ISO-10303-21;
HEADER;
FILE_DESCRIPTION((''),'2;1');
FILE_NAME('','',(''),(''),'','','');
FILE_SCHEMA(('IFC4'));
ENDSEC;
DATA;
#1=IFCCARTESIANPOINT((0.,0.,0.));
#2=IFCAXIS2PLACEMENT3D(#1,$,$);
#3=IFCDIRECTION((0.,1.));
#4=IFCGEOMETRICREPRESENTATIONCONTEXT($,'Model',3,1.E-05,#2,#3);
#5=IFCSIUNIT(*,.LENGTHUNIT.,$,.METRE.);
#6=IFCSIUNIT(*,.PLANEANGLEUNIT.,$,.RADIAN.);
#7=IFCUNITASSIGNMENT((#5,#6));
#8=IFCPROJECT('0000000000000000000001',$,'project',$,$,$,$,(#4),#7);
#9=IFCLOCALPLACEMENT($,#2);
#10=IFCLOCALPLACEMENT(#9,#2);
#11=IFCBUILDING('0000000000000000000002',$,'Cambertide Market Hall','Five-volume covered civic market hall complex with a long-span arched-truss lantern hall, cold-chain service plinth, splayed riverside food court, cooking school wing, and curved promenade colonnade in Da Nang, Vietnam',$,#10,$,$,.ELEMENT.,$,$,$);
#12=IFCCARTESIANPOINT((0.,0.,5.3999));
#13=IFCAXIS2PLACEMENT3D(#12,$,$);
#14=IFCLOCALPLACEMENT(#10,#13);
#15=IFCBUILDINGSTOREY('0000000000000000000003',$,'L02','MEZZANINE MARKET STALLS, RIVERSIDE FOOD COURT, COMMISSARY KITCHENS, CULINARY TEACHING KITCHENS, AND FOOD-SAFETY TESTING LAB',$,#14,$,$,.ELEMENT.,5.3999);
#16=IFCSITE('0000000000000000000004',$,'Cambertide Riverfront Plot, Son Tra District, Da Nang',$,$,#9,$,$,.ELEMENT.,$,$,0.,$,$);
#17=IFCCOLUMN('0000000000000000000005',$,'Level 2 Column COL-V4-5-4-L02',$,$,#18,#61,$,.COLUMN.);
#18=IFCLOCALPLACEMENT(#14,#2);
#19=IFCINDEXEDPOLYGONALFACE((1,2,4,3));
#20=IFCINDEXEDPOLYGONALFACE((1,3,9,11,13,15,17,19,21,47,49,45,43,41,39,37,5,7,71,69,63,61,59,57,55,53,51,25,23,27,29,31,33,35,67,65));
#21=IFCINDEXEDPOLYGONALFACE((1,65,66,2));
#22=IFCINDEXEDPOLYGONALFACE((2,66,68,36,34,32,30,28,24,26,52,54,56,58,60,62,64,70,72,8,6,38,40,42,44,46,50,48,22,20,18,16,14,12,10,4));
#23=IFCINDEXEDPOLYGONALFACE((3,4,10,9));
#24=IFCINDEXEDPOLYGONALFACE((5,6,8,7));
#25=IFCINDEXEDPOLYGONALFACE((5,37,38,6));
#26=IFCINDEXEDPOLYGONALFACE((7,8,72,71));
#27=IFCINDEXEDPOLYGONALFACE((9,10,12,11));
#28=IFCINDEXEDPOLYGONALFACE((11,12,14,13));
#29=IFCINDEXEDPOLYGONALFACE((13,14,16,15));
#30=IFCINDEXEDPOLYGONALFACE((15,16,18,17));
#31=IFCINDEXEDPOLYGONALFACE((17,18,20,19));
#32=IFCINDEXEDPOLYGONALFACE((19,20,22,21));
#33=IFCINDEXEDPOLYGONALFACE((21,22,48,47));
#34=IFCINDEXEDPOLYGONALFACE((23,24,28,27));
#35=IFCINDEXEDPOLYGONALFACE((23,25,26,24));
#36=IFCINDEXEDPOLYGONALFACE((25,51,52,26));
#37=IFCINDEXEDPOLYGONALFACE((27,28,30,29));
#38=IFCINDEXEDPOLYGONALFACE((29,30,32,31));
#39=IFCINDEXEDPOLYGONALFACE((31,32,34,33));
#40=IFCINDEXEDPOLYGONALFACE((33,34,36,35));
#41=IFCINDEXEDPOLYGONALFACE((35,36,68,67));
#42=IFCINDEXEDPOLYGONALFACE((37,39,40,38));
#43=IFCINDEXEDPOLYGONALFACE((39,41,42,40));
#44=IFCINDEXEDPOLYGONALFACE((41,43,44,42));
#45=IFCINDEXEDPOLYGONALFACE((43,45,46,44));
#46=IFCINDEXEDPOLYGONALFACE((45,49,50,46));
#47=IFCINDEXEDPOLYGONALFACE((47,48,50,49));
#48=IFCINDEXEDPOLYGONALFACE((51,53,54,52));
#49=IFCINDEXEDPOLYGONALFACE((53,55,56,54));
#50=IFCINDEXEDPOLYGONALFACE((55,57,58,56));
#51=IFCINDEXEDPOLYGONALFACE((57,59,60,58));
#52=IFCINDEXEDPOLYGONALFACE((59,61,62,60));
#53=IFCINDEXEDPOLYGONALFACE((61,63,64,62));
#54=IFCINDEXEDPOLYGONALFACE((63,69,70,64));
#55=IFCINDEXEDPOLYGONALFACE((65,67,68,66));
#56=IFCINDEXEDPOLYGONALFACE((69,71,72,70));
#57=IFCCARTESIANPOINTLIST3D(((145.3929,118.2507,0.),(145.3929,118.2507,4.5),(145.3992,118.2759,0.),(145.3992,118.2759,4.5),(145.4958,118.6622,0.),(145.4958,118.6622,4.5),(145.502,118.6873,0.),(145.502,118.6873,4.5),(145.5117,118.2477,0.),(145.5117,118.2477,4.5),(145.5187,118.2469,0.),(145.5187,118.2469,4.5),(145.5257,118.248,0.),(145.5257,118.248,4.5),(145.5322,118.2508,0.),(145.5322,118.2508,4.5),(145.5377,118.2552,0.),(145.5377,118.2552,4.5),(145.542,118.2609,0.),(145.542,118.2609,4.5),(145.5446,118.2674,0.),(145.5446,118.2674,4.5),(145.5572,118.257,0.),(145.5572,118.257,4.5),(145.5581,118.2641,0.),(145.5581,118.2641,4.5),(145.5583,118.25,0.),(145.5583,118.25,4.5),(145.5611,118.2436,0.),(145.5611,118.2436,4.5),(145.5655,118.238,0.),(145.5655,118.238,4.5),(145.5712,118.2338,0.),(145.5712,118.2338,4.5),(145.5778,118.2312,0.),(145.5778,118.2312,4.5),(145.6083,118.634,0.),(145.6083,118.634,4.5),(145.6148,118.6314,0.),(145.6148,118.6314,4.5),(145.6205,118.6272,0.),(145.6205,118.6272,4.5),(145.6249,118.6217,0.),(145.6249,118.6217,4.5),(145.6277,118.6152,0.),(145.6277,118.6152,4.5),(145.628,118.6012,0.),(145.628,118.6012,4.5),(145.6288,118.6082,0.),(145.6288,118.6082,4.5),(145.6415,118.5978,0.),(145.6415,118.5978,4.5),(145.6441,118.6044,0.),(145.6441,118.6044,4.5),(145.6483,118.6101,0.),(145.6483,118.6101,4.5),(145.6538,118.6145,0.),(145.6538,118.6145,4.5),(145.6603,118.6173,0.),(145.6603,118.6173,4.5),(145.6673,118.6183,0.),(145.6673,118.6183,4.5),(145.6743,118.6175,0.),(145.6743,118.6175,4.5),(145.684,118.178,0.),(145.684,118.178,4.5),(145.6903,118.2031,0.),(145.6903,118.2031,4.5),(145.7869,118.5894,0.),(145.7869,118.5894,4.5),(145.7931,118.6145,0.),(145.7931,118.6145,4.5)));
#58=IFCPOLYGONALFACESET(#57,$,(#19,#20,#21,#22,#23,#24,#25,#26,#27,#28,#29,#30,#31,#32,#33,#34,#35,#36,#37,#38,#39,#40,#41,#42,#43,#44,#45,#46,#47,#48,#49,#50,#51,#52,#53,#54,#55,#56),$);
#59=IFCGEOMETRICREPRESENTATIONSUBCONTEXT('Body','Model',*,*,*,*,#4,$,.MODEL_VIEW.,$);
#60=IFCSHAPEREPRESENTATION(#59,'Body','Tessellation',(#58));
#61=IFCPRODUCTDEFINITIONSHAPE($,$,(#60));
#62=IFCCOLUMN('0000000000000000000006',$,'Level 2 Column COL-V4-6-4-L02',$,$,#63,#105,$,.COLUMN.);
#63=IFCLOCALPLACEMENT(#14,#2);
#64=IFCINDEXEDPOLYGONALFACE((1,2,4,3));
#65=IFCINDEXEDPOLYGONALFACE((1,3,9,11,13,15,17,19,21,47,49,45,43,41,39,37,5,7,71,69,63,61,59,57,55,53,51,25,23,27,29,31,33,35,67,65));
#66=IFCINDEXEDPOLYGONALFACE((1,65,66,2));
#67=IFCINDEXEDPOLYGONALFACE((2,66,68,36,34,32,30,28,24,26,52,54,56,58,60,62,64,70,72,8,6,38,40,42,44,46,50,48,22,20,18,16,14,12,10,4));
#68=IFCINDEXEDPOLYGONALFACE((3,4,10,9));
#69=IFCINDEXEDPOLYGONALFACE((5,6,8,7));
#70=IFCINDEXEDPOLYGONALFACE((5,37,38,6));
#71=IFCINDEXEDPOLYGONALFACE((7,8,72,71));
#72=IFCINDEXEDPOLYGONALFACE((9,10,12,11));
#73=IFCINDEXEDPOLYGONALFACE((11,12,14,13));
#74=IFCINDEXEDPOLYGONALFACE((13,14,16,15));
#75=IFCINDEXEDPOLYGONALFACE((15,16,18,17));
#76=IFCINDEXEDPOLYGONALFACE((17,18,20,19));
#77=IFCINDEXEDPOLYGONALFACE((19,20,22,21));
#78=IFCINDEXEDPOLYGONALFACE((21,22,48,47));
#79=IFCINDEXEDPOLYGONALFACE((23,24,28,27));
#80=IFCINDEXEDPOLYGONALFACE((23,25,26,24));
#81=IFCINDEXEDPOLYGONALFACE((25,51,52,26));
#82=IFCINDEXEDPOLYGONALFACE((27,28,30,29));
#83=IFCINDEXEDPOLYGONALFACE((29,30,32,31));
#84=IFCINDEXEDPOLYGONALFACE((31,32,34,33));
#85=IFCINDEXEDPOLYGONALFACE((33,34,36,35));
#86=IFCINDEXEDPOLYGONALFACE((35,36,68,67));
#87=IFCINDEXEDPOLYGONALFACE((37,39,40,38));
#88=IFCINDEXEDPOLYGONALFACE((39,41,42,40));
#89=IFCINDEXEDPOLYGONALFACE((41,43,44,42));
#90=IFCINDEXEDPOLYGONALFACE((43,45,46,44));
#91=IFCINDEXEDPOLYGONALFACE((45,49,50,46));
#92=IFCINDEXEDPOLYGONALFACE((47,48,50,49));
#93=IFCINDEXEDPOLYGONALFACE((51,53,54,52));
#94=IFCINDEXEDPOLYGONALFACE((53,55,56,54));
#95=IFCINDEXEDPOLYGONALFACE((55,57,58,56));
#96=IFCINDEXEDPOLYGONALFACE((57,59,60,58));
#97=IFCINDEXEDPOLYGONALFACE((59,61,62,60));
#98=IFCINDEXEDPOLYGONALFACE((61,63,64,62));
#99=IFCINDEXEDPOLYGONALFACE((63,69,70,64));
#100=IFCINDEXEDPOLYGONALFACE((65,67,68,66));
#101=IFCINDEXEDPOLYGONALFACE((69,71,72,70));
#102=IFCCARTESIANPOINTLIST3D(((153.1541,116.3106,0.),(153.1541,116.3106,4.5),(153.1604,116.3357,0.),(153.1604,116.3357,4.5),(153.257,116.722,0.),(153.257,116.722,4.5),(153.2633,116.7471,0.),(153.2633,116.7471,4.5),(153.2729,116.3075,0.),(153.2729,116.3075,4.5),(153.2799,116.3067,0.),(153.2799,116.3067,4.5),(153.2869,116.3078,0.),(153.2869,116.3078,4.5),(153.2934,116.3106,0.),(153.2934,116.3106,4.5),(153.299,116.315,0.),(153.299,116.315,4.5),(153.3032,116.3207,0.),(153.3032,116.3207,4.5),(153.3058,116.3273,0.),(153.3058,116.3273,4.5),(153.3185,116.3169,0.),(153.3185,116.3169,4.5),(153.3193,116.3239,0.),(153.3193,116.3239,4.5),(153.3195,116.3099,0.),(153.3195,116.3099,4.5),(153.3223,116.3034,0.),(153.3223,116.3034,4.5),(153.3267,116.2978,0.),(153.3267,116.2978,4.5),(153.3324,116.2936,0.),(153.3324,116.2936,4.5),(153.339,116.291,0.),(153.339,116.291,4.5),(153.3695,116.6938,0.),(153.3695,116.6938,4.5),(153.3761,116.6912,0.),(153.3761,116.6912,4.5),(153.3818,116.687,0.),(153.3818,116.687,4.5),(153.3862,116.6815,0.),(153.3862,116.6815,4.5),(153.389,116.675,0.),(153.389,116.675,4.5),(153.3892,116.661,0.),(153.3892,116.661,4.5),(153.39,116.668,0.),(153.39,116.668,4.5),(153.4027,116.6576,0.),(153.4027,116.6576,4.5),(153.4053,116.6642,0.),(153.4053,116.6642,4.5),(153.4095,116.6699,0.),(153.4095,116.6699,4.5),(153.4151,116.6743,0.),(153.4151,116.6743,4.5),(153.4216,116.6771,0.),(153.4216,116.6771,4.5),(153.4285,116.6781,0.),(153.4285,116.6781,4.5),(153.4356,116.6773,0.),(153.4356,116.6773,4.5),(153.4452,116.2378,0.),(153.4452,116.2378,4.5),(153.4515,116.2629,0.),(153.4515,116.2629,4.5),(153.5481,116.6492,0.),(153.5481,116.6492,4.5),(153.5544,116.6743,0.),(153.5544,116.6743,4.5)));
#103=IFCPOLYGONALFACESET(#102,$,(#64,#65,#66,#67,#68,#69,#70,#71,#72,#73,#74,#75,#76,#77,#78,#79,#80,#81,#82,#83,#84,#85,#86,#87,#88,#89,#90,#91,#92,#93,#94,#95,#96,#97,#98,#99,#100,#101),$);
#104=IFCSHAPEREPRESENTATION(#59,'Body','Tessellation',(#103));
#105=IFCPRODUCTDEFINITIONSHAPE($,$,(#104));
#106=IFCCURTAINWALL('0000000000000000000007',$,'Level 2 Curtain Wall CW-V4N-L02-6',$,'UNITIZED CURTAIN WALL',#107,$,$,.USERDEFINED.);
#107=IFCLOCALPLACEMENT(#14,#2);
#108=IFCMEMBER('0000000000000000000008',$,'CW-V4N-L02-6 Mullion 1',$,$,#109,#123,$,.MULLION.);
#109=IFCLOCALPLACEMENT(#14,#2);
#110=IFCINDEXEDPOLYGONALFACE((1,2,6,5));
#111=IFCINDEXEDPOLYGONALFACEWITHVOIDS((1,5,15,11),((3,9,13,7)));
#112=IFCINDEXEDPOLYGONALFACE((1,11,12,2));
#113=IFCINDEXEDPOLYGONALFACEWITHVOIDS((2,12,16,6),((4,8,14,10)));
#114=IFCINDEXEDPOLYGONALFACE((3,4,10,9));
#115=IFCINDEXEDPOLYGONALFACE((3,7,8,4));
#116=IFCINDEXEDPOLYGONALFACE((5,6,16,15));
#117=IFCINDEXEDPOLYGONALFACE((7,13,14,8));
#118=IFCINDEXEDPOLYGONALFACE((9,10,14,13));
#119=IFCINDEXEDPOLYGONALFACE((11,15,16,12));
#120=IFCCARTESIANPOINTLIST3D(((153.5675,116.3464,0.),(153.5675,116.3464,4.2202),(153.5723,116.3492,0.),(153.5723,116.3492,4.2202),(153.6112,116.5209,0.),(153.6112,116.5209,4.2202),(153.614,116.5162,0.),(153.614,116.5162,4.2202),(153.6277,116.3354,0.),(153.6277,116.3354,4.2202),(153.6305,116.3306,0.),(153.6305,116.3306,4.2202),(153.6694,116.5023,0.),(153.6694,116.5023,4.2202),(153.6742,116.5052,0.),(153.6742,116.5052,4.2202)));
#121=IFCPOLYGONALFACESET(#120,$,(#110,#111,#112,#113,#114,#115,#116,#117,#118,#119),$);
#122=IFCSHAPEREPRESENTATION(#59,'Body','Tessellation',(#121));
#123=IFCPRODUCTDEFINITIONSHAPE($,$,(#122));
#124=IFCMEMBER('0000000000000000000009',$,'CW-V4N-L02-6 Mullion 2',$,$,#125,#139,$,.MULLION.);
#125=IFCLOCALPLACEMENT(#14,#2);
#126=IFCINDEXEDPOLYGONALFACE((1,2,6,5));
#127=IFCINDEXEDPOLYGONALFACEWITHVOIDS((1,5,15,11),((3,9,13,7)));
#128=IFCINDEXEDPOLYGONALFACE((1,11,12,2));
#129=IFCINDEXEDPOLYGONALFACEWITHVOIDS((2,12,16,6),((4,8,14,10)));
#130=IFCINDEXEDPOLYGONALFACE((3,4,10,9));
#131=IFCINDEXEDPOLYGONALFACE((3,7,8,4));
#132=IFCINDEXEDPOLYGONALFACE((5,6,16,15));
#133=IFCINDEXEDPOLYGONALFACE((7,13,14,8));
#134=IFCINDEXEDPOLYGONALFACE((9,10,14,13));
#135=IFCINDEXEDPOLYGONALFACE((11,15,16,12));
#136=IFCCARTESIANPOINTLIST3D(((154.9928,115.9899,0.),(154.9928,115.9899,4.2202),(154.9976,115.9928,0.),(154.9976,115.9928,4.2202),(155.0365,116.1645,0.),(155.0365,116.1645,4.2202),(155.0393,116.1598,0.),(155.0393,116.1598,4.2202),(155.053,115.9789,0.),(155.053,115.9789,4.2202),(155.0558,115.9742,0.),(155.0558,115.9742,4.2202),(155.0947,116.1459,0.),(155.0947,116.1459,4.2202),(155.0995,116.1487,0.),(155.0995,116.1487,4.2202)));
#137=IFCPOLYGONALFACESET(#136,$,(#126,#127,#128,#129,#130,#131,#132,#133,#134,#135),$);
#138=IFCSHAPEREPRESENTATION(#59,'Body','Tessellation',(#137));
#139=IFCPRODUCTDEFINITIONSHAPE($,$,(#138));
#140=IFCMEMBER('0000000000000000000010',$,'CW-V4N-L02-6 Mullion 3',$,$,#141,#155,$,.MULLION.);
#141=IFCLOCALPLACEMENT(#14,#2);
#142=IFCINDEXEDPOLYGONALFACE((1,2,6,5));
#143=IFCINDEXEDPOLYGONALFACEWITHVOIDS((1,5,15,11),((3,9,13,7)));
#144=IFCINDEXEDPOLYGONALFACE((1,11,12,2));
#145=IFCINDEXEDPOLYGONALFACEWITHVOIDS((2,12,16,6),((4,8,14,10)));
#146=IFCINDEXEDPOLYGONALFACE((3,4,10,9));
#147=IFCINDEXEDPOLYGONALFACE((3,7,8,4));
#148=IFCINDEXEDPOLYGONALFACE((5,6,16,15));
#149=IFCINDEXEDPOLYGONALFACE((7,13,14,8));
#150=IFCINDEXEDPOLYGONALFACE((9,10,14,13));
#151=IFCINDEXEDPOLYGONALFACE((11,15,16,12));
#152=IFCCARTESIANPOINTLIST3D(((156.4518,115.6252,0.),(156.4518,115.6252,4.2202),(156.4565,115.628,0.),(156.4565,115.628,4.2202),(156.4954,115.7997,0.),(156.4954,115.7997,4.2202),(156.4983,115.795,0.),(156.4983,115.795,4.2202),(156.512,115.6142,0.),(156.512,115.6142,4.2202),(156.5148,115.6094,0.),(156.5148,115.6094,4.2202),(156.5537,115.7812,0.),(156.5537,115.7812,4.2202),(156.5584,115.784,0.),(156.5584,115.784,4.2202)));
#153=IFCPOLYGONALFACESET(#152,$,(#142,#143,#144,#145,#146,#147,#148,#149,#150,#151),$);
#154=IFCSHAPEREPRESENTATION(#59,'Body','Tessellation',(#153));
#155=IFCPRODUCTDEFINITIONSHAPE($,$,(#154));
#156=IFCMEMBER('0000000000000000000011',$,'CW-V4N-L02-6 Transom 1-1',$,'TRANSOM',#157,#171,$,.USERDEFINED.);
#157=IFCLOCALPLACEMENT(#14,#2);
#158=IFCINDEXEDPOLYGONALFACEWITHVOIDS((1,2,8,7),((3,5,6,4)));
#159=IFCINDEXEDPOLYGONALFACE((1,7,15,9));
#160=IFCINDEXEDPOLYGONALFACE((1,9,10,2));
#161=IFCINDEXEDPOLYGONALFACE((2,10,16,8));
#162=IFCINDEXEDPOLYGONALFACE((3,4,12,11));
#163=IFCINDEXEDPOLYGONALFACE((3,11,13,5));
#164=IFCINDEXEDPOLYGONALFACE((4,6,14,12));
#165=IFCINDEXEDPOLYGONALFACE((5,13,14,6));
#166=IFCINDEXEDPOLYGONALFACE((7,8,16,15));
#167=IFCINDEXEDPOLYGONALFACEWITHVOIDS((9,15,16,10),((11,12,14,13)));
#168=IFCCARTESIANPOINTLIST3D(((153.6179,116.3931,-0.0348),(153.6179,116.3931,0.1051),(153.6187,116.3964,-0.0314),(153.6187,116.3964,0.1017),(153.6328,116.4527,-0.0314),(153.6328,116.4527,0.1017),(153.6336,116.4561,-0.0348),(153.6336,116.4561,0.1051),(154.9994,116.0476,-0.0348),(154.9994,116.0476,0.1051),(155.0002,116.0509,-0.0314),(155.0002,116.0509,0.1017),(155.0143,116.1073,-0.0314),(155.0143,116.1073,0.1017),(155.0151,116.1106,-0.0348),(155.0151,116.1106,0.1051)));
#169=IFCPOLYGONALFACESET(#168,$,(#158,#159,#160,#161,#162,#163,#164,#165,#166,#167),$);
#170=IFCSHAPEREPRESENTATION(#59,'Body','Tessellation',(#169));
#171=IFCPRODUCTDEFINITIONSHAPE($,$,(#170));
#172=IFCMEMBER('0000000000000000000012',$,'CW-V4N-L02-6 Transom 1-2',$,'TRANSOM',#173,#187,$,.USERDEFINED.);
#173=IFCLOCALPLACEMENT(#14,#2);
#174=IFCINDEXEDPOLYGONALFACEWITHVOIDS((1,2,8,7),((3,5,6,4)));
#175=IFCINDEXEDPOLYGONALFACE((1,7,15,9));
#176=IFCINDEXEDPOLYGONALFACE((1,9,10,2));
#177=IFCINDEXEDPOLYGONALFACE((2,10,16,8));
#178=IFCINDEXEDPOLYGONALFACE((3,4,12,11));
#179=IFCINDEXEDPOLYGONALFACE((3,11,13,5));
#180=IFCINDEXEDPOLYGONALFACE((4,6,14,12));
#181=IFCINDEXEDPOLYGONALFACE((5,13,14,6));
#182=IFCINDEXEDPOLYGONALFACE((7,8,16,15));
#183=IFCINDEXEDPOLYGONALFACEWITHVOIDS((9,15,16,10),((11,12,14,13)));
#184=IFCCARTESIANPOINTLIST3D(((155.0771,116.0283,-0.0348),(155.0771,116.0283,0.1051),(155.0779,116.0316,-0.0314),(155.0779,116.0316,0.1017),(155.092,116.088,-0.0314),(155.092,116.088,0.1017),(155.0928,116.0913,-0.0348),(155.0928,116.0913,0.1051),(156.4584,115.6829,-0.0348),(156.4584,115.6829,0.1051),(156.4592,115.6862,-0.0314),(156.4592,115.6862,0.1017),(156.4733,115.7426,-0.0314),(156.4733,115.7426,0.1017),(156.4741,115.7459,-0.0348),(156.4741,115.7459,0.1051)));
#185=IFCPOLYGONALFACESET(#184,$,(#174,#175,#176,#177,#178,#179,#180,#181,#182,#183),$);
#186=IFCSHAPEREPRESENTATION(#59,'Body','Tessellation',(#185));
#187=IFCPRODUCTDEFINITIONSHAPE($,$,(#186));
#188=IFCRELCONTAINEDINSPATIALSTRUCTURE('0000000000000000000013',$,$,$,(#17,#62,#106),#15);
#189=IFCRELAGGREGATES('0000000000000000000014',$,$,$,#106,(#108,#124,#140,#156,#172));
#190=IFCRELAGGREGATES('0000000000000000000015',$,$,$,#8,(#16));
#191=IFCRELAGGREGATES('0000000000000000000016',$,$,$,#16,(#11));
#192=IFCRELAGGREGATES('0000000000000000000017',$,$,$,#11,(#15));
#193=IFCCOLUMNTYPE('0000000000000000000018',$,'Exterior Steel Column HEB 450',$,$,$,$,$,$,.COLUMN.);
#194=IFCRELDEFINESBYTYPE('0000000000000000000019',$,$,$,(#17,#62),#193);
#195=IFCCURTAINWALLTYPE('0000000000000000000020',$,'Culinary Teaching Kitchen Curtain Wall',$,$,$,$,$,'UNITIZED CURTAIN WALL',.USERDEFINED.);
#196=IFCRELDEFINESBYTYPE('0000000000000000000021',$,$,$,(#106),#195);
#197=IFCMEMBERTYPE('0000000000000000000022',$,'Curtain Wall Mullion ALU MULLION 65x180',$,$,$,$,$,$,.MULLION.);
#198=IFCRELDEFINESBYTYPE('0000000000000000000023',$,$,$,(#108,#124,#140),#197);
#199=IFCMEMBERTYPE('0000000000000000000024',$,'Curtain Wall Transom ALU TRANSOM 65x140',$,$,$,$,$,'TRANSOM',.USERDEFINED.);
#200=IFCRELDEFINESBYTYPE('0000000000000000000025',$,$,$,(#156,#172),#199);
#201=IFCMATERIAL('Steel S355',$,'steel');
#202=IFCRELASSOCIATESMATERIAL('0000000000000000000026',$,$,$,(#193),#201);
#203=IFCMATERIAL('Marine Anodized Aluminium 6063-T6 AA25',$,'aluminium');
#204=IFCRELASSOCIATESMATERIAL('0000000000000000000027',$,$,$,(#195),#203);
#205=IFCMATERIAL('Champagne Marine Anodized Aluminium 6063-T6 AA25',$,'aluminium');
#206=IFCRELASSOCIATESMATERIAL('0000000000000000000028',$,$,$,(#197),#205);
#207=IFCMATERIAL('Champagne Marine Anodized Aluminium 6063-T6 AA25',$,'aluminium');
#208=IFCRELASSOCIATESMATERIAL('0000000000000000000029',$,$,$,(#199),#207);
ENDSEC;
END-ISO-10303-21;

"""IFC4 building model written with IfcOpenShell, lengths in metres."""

from ifc_helpers import new_model, si_unit, direction, frame, origin, origin_2d, place, context, subcontext, project, spatial, hollow_rectangle, i_section, extrude, material, material_profile, profile_set, type_object, element, aggregate, save


model = new_model("IFC4")

# Units and contexts
model_context = context("Model", 3, precision=1e-05, world=origin(), true_north=direction((0.0, 1.0)))
body_context = subcontext(model_context, "Body", "Model", "MODEL_VIEW")
ifc_project = project(units=[si_unit("LENGTHUNIT", "METRE"), si_unit("PLANEANGLEUNIT", "RADIAN")], contexts=[model_context])

# Site, building, storey
site_placement = place(None, origin())
site = spatial("IfcSite", under=ifc_project, at=site_placement, Name="Cambertide Riverfront Plot, Son Tra District, Da Nang", CompositionType="ELEMENT", RefElevation=0.0)
building_placement = place(site_placement, origin())
building = spatial("IfcBuilding", under=site, at=building_placement, Name="Cambertide Market Hall", Description="Five-volume covered civic market hall complex with a long-span arched-truss lantern hall, cold-chain service plinth, splayed riverside food court, cooking school wing, and curved promenade colonnade in Da Nang, Vietnam", CompositionType="ELEMENT")
storey_placement = place(building_placement, frame((0.0, 0.0, 5.3999)))
storey = spatial("IfcBuildingStorey", under=building, at=storey_placement, Name="L02", Description="MEZZANINE MARKET STALLS, RIVERSIDE FOOD COURT, COMMISSARY KITCHENS, CULINARY TEACHING KITCHENS, AND FOOD-SAFETY TESTING LAB", CompositionType="ELEMENT", Elevation=5.3999)

# Columns
ifc_material_1 = material(Name="Steel S355", Category="steel")
ifc_material_profile_1 = material_profile(ifc_material_1, i_section(OverallWidth=0.3, OverallDepth=0.45, WebThickness=0.0139, FlangeThickness=0.0259, FilletRadius=0.0271, at=origin_2d()), Name="HEB 450")
ifc_profile_set_1 = profile_set([ifc_material_profile_1], Name="Steel S355")
column_type = type_object("IfcColumnType", Name="Exterior Steel Column HEB 450", PredefinedType="COLUMN", material=ifc_profile_set_1)
for number, where, z_axis, x_axis, name in (
    (1, (145.593, 118.4326, 0.0), (0.0, 0.0, 1.0), (0.970143, -0.242536, 0.0), "Level 2 Column COL-V4-5-4-L02"),
    (2, (153.3542, 116.4924, 0.0), (0.0, 0.0, 1.0), (0.970143, -0.242536, 0.0), "Level 2 Column COL-V4-6-4-L02"),
):
    element("IfcColumn", number, at=place(storey_placement, frame(where, z_axis=z_axis, x_axis=x_axis)), inside=storey, type_object=column_type, Name=name, PredefinedType="COLUMN", context=body_context, shape_type="SweptSolid", body=[
        extrude(i_section(OverallWidth=0.3, OverallDepth=0.45, WebThickness=0.0139, FlangeThickness=0.0259, FilletRadius=0.0271, at=origin_2d()), origin(), (0.0, 0.0, 1.0), 4.5),
    ])

# Curtain wall, members
ifc_material_2 = material(Name="Marine Anodized Aluminium 6063-T6 AA25", Category="aluminium")
curtain_wall_type = type_object("IfcCurtainWallType", Name="Culinary Teaching Kitchen Curtain Wall", ElementType="UNITIZED CURTAIN WALL", PredefinedType="USERDEFINED", material=ifc_material_2)
curtain_wall_placement = place(storey_placement, origin())
curtain_wall = element("IfcCurtainWall", 3, at=curtain_wall_placement, inside=storey, type_object=curtain_wall_type, Name="Level 2 Curtain Wall CW-V4N-L02-6", ObjectType="UNITIZED CURTAIN WALL", PredefinedType="USERDEFINED")
ifc_material_3 = material(Name="Champagne Marine Anodized Aluminium 6063-T6 AA25", Category="aluminium")
ifc_material_profile_2 = material_profile(ifc_material_3, hollow_rectangle(XDim=0.0649, YDim=0.1799, WallThickness=0.0039, at=origin_2d()), Name="ALU MULLION 65x180")
ifc_profile_set_2 = profile_set([ifc_material_profile_2], Name="Champagne Marine Anodized Aluminium 6063-T6 AA25")
member_type_1 = type_object("IfcMemberType", Name="Curtain Wall Mullion ALU MULLION 65x180", PredefinedType="MULLION", material=ifc_profile_set_2)
member_1_placement = place(storey_placement, frame((153.6208, 116.4258, 0.0), z_axis=(0.0, 0.0, 1.0), x_axis=(0.970143, -0.242536, 0.0)))
member_1 = element("IfcMember", 4, at=member_1_placement, type_object=member_type_1, Name="CW-V4N-L02-6 Mullion 1", PredefinedType="MULLION", context=body_context, shape_type="SweptSolid", body=[
    extrude(hollow_rectangle(XDim=0.0649, YDim=0.1799, WallThickness=0.0039, at=origin_2d()), origin(), (0.0, 0.0, 1.0), 4.2202),
])
member_2_placement = place(storey_placement, frame((155.0461, 116.0693, 0.0), z_axis=(0.0, 0.0, 1.0), x_axis=(0.970143, -0.242536, 0.0)))
member_2 = element("IfcMember", 5, at=member_2_placement, type_object=member_type_1, Name="CW-V4N-L02-6 Mullion 2", PredefinedType="MULLION", context=body_context, shape_type="SweptSolid", body=[
    extrude(hollow_rectangle(XDim=0.0649, YDim=0.1799, WallThickness=0.0039, at=origin_2d()), origin(), (0.0, 0.0, 1.0), 4.2202),
])
member_3_placement = place(storey_placement, frame((156.5051, 115.7046, 0.0), z_axis=(0.0, 0.0, 1.0), x_axis=(0.970143, -0.242536, 0.0)))
member_3 = element("IfcMember", 6, at=member_3_placement, type_object=member_type_1, Name="CW-V4N-L02-6 Mullion 3", PredefinedType="MULLION", context=body_context, shape_type="SweptSolid", body=[
    extrude(hollow_rectangle(XDim=0.0649, YDim=0.1799, WallThickness=0.0039, at=origin_2d()), origin(), (0.0, 0.0, 1.0), 4.2202),
])
ifc_material_4 = material(Name="Champagne Marine Anodized Aluminium 6063-T6 AA25", Category="aluminium")
ifc_material_profile_3 = material_profile(ifc_material_4, hollow_rectangle(XDim=0.0649, YDim=0.1399, WallThickness=0.0034, at=origin_2d()), Name="ALU TRANSOM 65x140")
ifc_profile_set_3 = profile_set([ifc_material_profile_3], Name="Champagne Marine Anodized Aluminium 6063-T6 AA25")
member_type_2 = type_object("IfcMemberType", Name="Curtain Wall Transom ALU TRANSOM 65x140", ElementType="TRANSOM", PredefinedType="USERDEFINED", material=ifc_profile_set_3)
member_4_placement = place(storey_placement, frame((153.6257, 116.4246, 0.0352), z_axis=(0.970132, -0.242576, 0.0), x_axis=(0.242576, 0.970132, 0.0)))
member_4 = element("IfcMember", 7, at=member_4_placement, type_object=member_type_2, Name="CW-V4N-L02-6 Transom 1-1", ObjectType="TRANSOM", PredefinedType="USERDEFINED", context=body_context, shape_type="SweptSolid", body=[
    extrude(hollow_rectangle(XDim=0.0649, YDim=0.1399, WallThickness=0.0034, at=origin_2d()), origin(), (0.0, 0.0, 1.0), 1.4241),
])
member_5_placement = place(storey_placement, frame((155.085, 116.0598, 0.0352), z_axis=(0.970122, -0.242616, 0.0), x_axis=(0.242616, 0.970122, 0.0)))
member_5 = element("IfcMember", 8, at=member_5_placement, type_object=member_type_2, Name="CW-V4N-L02-6 Transom 1-2", ObjectType="TRANSOM", PredefinedType="USERDEFINED", context=body_context, shape_type="SweptSolid", body=[
    extrude(hollow_rectangle(XDim=0.0649, YDim=0.1399, WallThickness=0.0034, at=origin_2d()), origin(), (0.0, 0.0, 1.0), 1.4238),
])

aggregate(curtain_wall, [member_1, member_2, member_3, member_4, member_5])

save(model, "model.ifc")
